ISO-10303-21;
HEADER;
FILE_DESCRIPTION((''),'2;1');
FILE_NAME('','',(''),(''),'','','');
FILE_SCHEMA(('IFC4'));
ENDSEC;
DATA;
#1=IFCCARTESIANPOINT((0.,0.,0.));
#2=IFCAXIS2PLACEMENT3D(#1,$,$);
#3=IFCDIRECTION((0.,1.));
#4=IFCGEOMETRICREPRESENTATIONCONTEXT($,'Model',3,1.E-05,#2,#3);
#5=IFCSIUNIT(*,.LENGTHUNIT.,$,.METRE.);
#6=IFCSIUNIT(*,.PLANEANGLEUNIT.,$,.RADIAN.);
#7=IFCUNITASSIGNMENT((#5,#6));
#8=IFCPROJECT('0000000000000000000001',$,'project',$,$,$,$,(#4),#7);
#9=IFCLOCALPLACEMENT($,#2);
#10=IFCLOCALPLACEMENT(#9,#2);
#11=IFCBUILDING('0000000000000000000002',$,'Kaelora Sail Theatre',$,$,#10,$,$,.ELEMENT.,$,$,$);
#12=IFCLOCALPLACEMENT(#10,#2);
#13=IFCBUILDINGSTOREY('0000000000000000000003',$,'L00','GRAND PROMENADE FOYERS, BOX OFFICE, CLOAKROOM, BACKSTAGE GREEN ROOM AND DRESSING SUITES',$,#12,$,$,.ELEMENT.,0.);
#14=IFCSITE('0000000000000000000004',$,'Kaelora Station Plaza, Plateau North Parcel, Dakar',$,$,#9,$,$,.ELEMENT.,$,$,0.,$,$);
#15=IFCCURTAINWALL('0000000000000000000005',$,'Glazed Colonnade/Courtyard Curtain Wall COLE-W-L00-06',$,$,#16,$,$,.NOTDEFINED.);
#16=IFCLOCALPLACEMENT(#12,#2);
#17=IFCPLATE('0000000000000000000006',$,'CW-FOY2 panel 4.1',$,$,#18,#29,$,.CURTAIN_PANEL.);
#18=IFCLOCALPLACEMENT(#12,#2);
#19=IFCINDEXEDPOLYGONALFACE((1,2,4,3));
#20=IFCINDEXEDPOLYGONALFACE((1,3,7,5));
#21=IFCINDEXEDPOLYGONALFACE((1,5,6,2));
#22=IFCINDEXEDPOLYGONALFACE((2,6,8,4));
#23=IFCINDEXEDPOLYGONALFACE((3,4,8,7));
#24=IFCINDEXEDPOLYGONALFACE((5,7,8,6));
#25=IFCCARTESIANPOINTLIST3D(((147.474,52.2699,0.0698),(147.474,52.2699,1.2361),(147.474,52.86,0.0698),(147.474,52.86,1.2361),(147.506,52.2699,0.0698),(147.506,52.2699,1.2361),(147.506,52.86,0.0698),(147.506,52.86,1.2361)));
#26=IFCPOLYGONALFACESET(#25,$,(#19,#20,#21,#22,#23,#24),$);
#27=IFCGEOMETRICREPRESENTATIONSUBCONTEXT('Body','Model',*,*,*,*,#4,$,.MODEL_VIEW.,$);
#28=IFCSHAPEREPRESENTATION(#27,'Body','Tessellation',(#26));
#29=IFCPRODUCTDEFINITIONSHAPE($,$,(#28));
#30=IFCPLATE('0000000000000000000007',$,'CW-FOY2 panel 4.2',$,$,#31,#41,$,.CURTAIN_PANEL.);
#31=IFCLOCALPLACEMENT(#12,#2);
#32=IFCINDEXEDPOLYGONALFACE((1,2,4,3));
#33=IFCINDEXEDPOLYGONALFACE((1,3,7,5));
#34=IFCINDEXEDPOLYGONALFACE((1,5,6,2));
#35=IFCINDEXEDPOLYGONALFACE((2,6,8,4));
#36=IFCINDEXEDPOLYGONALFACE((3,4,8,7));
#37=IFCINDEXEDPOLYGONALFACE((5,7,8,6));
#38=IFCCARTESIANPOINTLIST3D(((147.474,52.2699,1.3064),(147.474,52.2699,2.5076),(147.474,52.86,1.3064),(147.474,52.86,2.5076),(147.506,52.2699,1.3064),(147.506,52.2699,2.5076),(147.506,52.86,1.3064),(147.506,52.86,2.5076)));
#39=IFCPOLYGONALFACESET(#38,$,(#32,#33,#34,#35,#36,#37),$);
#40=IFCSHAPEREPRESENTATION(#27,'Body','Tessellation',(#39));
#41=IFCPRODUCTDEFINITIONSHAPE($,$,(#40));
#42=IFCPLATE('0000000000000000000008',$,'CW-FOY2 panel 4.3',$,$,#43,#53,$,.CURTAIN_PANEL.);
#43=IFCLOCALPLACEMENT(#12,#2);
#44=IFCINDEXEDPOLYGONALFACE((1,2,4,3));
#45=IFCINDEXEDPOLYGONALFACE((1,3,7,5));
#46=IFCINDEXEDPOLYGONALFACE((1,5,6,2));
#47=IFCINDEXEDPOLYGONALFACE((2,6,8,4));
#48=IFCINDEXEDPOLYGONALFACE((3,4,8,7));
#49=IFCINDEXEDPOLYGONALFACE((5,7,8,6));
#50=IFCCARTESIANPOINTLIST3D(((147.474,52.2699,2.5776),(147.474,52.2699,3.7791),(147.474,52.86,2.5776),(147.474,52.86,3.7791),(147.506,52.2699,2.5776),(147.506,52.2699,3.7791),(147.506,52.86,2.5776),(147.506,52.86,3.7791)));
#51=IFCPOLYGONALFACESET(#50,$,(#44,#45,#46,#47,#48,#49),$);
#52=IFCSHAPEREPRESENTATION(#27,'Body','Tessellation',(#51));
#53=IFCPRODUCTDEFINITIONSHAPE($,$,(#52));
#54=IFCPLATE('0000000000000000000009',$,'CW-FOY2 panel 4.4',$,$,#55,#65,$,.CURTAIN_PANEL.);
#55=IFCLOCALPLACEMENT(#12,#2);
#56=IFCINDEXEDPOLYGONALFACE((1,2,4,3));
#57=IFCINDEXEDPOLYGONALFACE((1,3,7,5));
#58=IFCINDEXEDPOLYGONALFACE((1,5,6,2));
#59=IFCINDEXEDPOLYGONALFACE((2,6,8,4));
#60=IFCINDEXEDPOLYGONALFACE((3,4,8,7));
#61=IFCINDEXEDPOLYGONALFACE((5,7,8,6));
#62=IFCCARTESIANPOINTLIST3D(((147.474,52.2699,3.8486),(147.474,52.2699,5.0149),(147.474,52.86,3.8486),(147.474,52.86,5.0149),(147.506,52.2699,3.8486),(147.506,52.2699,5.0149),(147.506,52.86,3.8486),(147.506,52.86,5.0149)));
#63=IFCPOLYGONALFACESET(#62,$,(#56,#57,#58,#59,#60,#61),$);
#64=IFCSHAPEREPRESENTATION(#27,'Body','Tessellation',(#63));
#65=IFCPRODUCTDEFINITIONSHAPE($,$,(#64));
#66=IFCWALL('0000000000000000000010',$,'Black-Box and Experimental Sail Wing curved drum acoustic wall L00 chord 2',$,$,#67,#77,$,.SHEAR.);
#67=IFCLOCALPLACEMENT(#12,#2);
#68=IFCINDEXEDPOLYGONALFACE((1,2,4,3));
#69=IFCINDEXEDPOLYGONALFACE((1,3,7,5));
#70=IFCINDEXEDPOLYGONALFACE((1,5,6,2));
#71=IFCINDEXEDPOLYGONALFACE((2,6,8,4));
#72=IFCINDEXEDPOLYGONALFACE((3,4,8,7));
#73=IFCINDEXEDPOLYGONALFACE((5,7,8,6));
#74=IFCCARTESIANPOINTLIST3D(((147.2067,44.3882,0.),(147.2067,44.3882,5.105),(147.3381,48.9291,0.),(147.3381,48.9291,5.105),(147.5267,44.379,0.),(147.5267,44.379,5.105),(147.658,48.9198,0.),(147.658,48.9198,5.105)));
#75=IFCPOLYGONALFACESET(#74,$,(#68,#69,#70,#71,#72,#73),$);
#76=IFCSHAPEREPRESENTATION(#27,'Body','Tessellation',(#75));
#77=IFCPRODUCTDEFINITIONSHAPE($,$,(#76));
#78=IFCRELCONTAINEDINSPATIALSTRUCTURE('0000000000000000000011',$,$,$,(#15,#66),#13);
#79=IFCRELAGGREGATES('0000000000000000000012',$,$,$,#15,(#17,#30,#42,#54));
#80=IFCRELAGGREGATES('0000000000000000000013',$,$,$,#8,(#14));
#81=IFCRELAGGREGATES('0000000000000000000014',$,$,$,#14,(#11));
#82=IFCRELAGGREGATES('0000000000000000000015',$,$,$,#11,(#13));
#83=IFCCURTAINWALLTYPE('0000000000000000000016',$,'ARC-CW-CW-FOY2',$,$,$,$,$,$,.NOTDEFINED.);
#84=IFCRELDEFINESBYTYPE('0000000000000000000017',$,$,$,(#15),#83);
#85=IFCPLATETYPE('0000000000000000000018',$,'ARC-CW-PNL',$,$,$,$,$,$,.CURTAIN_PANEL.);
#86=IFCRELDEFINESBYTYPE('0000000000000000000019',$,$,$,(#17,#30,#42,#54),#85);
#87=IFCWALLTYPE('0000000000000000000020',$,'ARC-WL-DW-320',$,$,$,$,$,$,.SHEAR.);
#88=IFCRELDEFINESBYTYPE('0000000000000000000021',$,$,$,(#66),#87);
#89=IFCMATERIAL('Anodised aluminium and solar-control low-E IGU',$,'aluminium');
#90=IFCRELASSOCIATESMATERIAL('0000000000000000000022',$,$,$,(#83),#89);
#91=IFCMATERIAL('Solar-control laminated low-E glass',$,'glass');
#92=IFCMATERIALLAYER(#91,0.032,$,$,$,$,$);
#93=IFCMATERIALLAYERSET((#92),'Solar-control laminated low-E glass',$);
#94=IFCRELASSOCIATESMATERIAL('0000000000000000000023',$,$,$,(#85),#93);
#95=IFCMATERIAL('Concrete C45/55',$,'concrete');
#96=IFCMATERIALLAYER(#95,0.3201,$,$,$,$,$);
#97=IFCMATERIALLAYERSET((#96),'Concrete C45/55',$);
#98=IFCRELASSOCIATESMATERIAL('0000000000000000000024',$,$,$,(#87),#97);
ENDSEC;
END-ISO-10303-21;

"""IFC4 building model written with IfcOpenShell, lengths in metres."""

from ifc_helpers import new_model, si_unit, direction, frame, frame_2d, origin, origin_2d, place, context, subcontext, project, spatial, rectangle, extrude, material, layer, layer_set, type_object, element, aggregate, save


model = new_model("IFC4")

# Units and contexts
model_context = context("Model", 3, precision=1e-05, world=origin(), true_north=direction((0.0, 1.0)))
body_context = subcontext(model_context, "Body", "Model", "MODEL_VIEW")
ifc_project = project(units=[si_unit("LENGTHUNIT", "METRE"), si_unit("PLANEANGLEUNIT", "RADIAN")], contexts=[model_context])

# Site, building, storey
site_placement = place(None, origin())
site = spatial("IfcSite", under=ifc_project, at=site_placement, Name="Kaelora Station Plaza, Plateau North Parcel, Dakar", CompositionType="ELEMENT", RefElevation=0.0)
building_placement = place(site_placement, origin())
building = spatial("IfcBuilding", under=site, at=building_placement, Name="Kaelora Sail Theatre", CompositionType="ELEMENT")
storey_placement = place(building_placement, origin())
storey = spatial("IfcBuildingStorey", under=building, at=storey_placement, Name="L00", Description="GRAND PROMENADE FOYERS, BOX OFFICE, CLOAKROOM, BACKSTAGE GREEN ROOM AND DRESSING SUITES", CompositionType="ELEMENT", Elevation=0.0)

# Curtain wall, plates
ifc_material_1 = material(Name="Anodised aluminium and solar-control low-E IGU", Category="aluminium")
curtain_wall_type = type_object("IfcCurtainWallType", Name="ARC-CW-CW-FOY2", PredefinedType="NOTDEFINED", material=ifc_material_1)
curtain_wall_placement = place(storey_placement, origin())
curtain_wall = element("IfcCurtainWall", 1, at=curtain_wall_placement, inside=storey, type_object=curtain_wall_type, Name="Glazed Colonnade/Courtyard Curtain Wall COLE-W-L00-06", PredefinedType="NOTDEFINED")
ifc_material_2 = material(Name="Solar-control laminated low-E glass", Category="glass")
ifc_layer_1 = layer(ifc_material_2, 0.032)
ifc_layer_set_1 = layer_set([ifc_layer_1], Name="Solar-control laminated low-E glass")
plate_type = type_object("IfcPlateType", Name="ARC-CW-PNL", PredefinedType="CURTAIN_PANEL", material=ifc_layer_set_1)
plate_1_placement = place(storey_placement, frame((147.49, 52.5649, 0.0698), z_axis=(0.0, 0.0, 1.0), x_axis=(0.0, 1.0, 0.0)))
plate_1 = element("IfcPlate", 2, at=plate_1_placement, type_object=plate_type, Name="CW-FOY2 panel 4.1", PredefinedType="CURTAIN_PANEL", context=body_context, shape_type="SweptSolid", body=[
    extrude(rectangle(XDim=0.5901, YDim=0.032, at=origin_2d()), origin(), (0.0, 0.0, 1.0), 1.1663),
])
plate_2_placement = place(storey_placement, frame((147.49, 52.5649, 1.3064), z_axis=(0.0, 0.0, 1.0), x_axis=(0.0, 1.0, 0.0)))
plate_2 = element("IfcPlate", 3, at=plate_2_placement, type_object=plate_type, Name="CW-FOY2 panel 4.2", PredefinedType="CURTAIN_PANEL", context=body_context, shape_type="SweptSolid", body=[
    extrude(rectangle(XDim=0.5901, YDim=0.032, at=origin_2d()), origin(), (0.0, 0.0, 1.0), 1.2012),
])
plate_3_placement = place(storey_placement, frame((147.49, 52.5649, 2.5776), z_axis=(0.0, 0.0, 1.0), x_axis=(0.0, 1.0, 0.0)))
plate_3 = element("IfcPlate", 4, at=plate_3_placement, type_object=plate_type, Name="CW-FOY2 panel 4.3", PredefinedType="CURTAIN_PANEL", context=body_context, shape_type="SweptSolid", body=[
    extrude(rectangle(XDim=0.5901, YDim=0.032, at=origin_2d()), origin(), (0.0, 0.0, 1.0), 1.2014),
])
plate_4_placement = place(storey_placement, frame((147.49, 52.5649, 3.8486), z_axis=(0.0, 0.0, 1.0), x_axis=(0.0, 1.0, 0.0)))
plate_4 = element("IfcPlate", 5, at=plate_4_placement, type_object=plate_type, Name="CW-FOY2 panel 4.4", PredefinedType="CURTAIN_PANEL", context=body_context, shape_type="SweptSolid", body=[
    extrude(rectangle(XDim=0.5901, YDim=0.032, at=origin_2d()), origin(), (0.0, 0.0, 1.0), 1.1663),
])
aggregate(curtain_wall, [plate_1, plate_2, plate_3, plate_4])

# Wall
ifc_material_3 = material(Name="Concrete C45/55", Category="concrete")
ifc_layer_2 = layer(ifc_material_3, 0.3201)
ifc_layer_set_2 = layer_set([ifc_layer_2], Name="Concrete C45/55")
wall_type = type_object("IfcWallType", Name="ARC-WL-DW-320", PredefinedType="SHEAR", material=ifc_layer_set_2)
wall_placement = place(storey_placement, frame((147.498, 48.9246, 0.0), z_axis=(0.0, 0.0, 1.0), x_axis=(-0.028914, -0.999582, 0.0)))
element("IfcWall", 6, at=wall_placement, inside=storey, type_object=wall_type, Name="Black-Box and Experimental Sail Wing curved drum acoustic wall L00 chord 2", PredefinedType="SHEAR", context=body_context, shape_type="SweptSolid", body=[
    extrude(rectangle(XDim=4.5427, YDim=0.3201, at=frame_2d((2.2715, 0.0))), origin(), (0.0, 0.0, 1.0), 5.105),
])

save(model, "model.ifc")
